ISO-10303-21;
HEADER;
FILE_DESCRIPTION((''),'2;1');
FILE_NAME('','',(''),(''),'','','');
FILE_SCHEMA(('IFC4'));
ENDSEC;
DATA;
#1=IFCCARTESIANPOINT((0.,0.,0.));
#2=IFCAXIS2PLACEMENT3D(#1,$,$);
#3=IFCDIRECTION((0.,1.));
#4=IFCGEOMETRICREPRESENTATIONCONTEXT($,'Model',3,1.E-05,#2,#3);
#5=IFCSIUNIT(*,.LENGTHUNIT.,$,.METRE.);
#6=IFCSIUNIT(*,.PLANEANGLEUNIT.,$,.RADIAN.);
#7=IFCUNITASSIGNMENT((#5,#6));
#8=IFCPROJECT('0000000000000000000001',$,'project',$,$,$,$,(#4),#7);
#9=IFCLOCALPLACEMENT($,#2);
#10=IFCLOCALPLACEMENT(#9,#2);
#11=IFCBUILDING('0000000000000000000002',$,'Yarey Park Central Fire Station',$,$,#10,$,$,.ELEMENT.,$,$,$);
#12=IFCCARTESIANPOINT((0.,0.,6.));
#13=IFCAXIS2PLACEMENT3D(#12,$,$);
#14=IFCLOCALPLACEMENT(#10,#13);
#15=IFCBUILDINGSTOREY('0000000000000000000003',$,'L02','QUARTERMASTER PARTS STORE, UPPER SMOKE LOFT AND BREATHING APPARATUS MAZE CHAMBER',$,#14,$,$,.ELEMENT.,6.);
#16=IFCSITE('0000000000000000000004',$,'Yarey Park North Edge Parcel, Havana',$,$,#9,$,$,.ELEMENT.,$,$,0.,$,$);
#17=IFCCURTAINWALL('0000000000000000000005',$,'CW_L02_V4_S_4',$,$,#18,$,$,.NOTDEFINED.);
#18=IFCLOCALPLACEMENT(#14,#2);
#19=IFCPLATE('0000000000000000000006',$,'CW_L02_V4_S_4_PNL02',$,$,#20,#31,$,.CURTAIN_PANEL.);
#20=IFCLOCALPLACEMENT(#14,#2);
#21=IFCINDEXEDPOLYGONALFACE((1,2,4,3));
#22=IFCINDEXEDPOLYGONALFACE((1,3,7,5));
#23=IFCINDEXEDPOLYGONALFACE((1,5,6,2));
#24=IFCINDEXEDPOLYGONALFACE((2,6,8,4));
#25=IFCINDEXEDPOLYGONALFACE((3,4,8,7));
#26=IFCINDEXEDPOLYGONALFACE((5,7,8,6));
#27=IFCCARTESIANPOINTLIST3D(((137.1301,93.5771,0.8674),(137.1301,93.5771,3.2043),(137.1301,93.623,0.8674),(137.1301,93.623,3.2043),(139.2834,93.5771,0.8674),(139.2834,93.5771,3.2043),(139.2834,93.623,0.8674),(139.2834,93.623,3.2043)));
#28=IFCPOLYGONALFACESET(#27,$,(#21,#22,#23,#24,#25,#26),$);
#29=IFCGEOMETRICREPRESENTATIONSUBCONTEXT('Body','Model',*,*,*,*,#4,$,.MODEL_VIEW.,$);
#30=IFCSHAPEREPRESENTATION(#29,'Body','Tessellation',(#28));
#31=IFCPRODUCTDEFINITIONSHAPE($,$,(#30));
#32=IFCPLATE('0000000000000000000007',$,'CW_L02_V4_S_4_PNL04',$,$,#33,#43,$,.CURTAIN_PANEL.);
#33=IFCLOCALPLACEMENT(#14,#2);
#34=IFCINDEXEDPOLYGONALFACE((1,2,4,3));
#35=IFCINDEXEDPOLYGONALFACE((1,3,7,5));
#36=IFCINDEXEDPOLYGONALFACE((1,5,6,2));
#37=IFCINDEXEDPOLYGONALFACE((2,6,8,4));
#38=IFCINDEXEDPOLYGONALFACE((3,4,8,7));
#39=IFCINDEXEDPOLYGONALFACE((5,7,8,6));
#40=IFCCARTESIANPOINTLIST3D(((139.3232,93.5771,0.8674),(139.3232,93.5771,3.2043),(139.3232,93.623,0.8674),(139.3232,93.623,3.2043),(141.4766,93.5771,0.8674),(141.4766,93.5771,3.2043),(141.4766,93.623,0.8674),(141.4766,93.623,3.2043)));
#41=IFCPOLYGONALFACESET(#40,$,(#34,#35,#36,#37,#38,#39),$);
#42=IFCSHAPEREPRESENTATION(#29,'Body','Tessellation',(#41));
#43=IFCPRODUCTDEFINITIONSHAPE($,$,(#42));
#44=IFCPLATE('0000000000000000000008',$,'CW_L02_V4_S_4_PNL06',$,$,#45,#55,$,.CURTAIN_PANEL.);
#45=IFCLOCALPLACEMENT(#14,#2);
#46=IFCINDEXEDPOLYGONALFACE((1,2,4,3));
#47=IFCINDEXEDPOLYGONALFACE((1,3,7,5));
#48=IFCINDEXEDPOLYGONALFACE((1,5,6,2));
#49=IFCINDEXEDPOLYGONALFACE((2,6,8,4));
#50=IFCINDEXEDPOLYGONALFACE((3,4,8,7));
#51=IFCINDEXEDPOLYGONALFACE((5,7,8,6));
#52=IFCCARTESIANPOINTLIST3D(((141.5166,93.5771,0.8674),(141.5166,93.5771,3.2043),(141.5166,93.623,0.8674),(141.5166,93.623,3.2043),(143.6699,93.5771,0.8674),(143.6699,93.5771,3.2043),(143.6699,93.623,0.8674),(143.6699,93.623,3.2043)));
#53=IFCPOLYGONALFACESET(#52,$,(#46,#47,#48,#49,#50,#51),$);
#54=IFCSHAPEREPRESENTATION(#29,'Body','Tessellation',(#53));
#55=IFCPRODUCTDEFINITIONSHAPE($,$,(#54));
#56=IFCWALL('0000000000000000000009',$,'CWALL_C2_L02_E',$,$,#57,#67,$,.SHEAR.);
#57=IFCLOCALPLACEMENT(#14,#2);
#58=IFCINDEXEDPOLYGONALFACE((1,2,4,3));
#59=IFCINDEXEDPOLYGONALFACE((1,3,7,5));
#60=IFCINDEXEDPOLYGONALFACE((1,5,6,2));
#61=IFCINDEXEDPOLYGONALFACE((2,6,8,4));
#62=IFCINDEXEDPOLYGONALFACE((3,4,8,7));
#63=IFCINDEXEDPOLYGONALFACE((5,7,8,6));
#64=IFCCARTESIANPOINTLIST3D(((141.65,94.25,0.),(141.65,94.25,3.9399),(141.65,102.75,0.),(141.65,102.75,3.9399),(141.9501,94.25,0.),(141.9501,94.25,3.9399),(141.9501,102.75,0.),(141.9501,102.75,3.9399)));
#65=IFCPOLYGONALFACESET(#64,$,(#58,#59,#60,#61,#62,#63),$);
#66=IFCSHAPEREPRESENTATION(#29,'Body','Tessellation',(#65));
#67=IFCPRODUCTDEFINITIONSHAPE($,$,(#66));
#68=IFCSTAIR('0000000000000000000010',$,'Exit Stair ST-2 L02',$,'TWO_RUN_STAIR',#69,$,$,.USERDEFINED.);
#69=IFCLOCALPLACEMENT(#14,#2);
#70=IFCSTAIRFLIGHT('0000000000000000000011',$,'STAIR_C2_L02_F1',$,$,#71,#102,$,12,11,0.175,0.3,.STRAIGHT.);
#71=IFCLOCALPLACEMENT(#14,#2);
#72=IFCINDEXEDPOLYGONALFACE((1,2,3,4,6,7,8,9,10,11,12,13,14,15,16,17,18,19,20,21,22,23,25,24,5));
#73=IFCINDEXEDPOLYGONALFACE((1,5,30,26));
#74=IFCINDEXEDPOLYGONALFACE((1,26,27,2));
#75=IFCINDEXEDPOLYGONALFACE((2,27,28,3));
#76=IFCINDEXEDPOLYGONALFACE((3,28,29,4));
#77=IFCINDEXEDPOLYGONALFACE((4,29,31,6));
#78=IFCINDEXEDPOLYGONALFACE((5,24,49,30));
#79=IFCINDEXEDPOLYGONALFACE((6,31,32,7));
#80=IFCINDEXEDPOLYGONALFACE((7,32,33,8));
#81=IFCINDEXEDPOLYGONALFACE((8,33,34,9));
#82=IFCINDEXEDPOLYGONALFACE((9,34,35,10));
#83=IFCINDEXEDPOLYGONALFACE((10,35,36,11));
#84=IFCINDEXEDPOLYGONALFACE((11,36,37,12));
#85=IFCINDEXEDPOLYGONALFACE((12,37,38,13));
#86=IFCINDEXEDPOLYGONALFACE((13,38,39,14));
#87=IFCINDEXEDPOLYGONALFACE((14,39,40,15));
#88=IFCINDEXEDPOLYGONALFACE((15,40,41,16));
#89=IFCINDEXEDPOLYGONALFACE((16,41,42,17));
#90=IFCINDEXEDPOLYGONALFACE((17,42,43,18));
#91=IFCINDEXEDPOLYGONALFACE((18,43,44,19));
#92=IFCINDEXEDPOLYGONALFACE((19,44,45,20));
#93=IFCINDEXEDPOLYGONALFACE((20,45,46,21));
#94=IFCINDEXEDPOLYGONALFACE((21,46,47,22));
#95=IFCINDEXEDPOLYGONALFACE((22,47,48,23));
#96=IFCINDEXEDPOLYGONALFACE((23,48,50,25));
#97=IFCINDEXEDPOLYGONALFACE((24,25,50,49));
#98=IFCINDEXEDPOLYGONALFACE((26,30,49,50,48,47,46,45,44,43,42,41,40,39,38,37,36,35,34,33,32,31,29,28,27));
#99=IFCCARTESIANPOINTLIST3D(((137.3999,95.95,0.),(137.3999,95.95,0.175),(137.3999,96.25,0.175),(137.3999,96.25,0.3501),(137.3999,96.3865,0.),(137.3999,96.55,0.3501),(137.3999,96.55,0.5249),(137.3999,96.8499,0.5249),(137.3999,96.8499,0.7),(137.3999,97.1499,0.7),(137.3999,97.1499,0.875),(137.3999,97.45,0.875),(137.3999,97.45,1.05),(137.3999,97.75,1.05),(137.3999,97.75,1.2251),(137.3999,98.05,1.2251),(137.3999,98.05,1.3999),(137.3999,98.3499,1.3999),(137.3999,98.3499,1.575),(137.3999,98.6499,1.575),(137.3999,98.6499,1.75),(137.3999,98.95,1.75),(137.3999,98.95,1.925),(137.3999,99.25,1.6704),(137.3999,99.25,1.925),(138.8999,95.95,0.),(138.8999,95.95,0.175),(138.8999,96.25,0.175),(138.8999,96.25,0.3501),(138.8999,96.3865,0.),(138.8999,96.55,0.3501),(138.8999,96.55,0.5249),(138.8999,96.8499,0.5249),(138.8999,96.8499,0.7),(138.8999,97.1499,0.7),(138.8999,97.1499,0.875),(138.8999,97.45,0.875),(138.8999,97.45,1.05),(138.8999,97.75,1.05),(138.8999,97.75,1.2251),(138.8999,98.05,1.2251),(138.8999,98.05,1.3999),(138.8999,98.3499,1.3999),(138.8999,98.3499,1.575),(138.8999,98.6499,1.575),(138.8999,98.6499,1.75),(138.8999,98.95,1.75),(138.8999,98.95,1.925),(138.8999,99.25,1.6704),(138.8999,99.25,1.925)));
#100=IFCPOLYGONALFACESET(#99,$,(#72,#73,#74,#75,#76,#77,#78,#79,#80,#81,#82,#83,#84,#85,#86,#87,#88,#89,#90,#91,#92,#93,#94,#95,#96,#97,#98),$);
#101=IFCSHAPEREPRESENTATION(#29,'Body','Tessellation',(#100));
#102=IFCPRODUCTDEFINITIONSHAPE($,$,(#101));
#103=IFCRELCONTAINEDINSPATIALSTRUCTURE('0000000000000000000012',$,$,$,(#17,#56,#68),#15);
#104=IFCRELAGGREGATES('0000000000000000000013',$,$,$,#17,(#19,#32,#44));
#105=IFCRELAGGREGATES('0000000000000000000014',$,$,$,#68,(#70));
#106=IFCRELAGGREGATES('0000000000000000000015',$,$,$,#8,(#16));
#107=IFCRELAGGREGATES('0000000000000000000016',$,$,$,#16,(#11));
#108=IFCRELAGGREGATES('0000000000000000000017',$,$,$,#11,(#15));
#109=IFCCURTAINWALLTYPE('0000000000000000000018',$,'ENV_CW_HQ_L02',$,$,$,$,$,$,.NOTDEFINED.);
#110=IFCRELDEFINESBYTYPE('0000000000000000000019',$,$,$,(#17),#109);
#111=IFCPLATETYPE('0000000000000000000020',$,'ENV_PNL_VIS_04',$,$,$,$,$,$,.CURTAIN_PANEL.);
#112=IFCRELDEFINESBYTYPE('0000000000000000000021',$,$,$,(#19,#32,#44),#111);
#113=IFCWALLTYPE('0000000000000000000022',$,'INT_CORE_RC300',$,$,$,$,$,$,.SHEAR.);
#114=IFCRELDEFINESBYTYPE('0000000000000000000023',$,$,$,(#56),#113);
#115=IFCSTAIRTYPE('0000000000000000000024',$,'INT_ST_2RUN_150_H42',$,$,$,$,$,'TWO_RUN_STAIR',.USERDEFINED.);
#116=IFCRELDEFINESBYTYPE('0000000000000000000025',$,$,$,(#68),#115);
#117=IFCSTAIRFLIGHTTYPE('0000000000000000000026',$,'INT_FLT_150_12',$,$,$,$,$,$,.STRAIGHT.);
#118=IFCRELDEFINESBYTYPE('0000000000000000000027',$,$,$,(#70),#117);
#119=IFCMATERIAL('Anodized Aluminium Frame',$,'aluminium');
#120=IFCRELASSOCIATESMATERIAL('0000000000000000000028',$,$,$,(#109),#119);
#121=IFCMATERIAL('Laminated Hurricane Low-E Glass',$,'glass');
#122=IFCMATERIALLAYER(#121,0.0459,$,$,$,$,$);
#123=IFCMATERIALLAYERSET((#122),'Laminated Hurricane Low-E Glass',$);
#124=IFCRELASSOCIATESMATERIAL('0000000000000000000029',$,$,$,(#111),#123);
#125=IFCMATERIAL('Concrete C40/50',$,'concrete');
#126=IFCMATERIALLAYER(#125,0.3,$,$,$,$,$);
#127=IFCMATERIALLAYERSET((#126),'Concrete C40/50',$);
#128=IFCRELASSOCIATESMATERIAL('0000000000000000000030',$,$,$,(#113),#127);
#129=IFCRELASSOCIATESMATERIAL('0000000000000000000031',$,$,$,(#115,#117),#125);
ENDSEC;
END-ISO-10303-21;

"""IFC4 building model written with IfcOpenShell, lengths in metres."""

from ifc_helpers import new_model, si_unit, direction, frame, frame_2d, origin, origin_2d, place, context, subcontext, project, spatial, polyline, rectangle, outline, extrude, material, layer, layer_set, type_object, element, aggregate, save


model = new_model("IFC4")

# Units and contexts
model_context = context("Model", 3, precision=1e-05, world=origin(), true_north=direction((0.0, 1.0)))
body_context = subcontext(model_context, "Body", "Model", "MODEL_VIEW")
ifc_project = project(units=[si_unit("LENGTHUNIT", "METRE"), si_unit("PLANEANGLEUNIT", "RADIAN")], contexts=[model_context])

# Site, building, storey
site_placement = place(None, origin())
site = spatial("IfcSite", under=ifc_project, at=site_placement, Name="Yarey Park North Edge Parcel, Havana", CompositionType="ELEMENT", RefElevation=0.0)
building_placement = place(site_placement, origin())
building = spatial("IfcBuilding", under=site, at=building_placement, Name="Yarey Park Central Fire Station", CompositionType="ELEMENT")
storey_placement = place(building_placement, frame((0.0, 0.0, 6.0)))
storey = spatial("IfcBuildingStorey", under=building, at=storey_placement, Name="L02", Description="QUARTERMASTER PARTS STORE, UPPER SMOKE LOFT AND BREATHING APPARATUS MAZE CHAMBER", CompositionType="ELEMENT", Elevation=6.0)

# Shared definitions
ifc_material_1 = material(Name="Concrete C40/50", Category="concrete")

# Curtain wall
ifc_material_2 = material(Name="Anodized Aluminium Frame", Category="aluminium")
curtain_wall_type = type_object("IfcCurtainWallType", Name="ENV_CW_HQ_L02", PredefinedType="NOTDEFINED", material=ifc_material_2)
curtain_wall_1_placement = place(storey_placement, origin())
curtain_wall_1 = element("IfcCurtainWall", 1, at=curtain_wall_1_placement, inside=storey, type_object=curtain_wall_type, Name="CW_L02_V4_S_4", PredefinedType="NOTDEFINED")

# Plates
ifc_material_3 = material(Name="Laminated Hurricane Low-E Glass", Category="glass")
ifc_layer_1 = layer(ifc_material_3, 0.0459)
ifc_layer_set_1 = layer_set([ifc_layer_1], Name="Laminated Hurricane Low-E Glass")
plate_type_1 = type_object("IfcPlateType", Name="ENV_PNL_VIS_04", PredefinedType="CURTAIN_PANEL", material=ifc_layer_set_1)
plate_1_placement = place(storey_placement, frame((138.2068, 93.6001, 0.8674), z_axis=(0.0, 0.0, 1.0), x_axis=(1.0, 0.0, 0.0)))
plate_1 = element("IfcPlate", 2, at=plate_1_placement, type_object=plate_type_1, Name="CW_L02_V4_S_4_PNL02", PredefinedType="CURTAIN_PANEL", context=body_context, shape_type="SweptSolid", body=[
    extrude(rectangle(XDim=2.1533, YDim=0.0459, at=origin_2d()), origin(), (0.0, 0.0, 1.0), 2.3369),
])
plate_2_placement = place(storey_placement, frame((140.3999, 93.6001, 0.8674), z_axis=(0.0, 0.0, 1.0), x_axis=(1.0, 0.0, 0.0)))
plate_2 = element("IfcPlate", 3, at=plate_2_placement, type_object=plate_type_1, Name="CW_L02_V4_S_4_PNL04", PredefinedType="CURTAIN_PANEL", context=body_context, shape_type="SweptSolid", body=[
    extrude(rectangle(XDim=2.1533, YDim=0.0459, at=origin_2d()), origin(), (0.0, 0.0, 1.0), 2.3369),
])
plate_3_placement = place(storey_placement, frame((142.5933, 93.6001, 0.8674), z_axis=(0.0, 0.0, 1.0), x_axis=(1.0, 0.0, 0.0)))
plate_3 = element("IfcPlate", 4, at=plate_3_placement, type_object=plate_type_1, Name="CW_L02_V4_S_4_PNL06", PredefinedType="CURTAIN_PANEL", context=body_context, shape_type="SweptSolid", body=[
    extrude(rectangle(XDim=2.1533, YDim=0.0459, at=origin_2d()), origin(), (0.0, 0.0, 1.0), 2.3369),
])
aggregate(curtain_wall_1, [plate_1, plate_2, plate_3])

# Wall
ifc_layer_2 = layer(ifc_material_1, 0.3)
ifc_layer_set_2 = layer_set([ifc_layer_2], Name="Concrete C40/50")
wall_type = type_object("IfcWallType", Name="INT_CORE_RC300", PredefinedType="SHEAR", material=ifc_layer_set_2)
wall_placement = place(storey_placement, frame((141.8, 94.25, 0.0), z_axis=(0.0, 0.0, 1.0), x_axis=(0.0, 1.0, 0.0)))
element("IfcWall", 5, at=wall_placement, inside=storey, type_object=wall_type, Name="CWALL_C2_L02_E", PredefinedType="SHEAR", context=body_context, shape_type="SweptSolid", body=[
    extrude(rectangle(XDim=8.5, YDim=0.3, at=frame_2d((4.25, 0.0))), origin(), (0.0, 0.0, 1.0), 3.9399),
])

# Stair, stair flight
stair_type = type_object("IfcStairType", Name="INT_ST_2RUN_150_H42", ElementType="TWO_RUN_STAIR", PredefinedType="USERDEFINED", material=ifc_material_1)
stair_placement = place(storey_placement, origin())
stair = element("IfcStair", 6, at=stair_placement, inside=storey, type_object=stair_type, Name="Exit Stair ST-2 L02", ObjectType="TWO_RUN_STAIR", PredefinedType="USERDEFINED")
stair_flight_type = type_object("IfcStairFlightType", Name="INT_FLT_150_12", PredefinedType="STRAIGHT", material=ifc_material_1)
stair_flight_placement = place(storey_placement, frame((138.1499, 95.95, 0.0), z_axis=(0.0, 0.0, 1.0), x_axis=(0.0, 1.0, 0.0)))
stair_flight = element("IfcStairFlight", 7, at=stair_flight_placement, type_object=stair_flight_type, Name="STAIR_C2_L02_F1", NumberOfRisers=12, NumberOfTreads=11, PredefinedType="STRAIGHT", RiserHeight=0.175, TreadLength=0.3, context=body_context, shape_type="SweptSolid", body=[
    extrude(outline(polyline([(0.0, 0.0), (0.0, 0.175), (0.3, 0.175), (0.3, 0.3501), (0.6001, 0.3501), (0.6001, 0.5249), (0.8999, 0.5249), (0.8999, 0.7), (1.2, 0.7), (1.2, 0.875), (1.5, 0.875), (1.5, 1.05), (1.8, 1.05), (1.8, 1.2251), (2.1001, 1.2251), (2.1001, 1.3999), (2.3999, 1.3999), (2.3999, 1.575), (2.7, 1.575), (2.7, 1.75), (3.0, 1.75), (3.0, 1.925), (3.3, 1.925), (3.3, 2.1001), (3.3, 1.6704), (0.4365, 0.0), (0.0, 0.0)])), frame((0.0, 0.75, 0.0), z_axis=(0.0, -1.0, 0.0), x_axis=(1.0, 0.0, 0.0)), (0.0, 0.0, 1.0), 1.5),
])
aggregate(stair, [stair_flight])

save(model, "model.ifc")
